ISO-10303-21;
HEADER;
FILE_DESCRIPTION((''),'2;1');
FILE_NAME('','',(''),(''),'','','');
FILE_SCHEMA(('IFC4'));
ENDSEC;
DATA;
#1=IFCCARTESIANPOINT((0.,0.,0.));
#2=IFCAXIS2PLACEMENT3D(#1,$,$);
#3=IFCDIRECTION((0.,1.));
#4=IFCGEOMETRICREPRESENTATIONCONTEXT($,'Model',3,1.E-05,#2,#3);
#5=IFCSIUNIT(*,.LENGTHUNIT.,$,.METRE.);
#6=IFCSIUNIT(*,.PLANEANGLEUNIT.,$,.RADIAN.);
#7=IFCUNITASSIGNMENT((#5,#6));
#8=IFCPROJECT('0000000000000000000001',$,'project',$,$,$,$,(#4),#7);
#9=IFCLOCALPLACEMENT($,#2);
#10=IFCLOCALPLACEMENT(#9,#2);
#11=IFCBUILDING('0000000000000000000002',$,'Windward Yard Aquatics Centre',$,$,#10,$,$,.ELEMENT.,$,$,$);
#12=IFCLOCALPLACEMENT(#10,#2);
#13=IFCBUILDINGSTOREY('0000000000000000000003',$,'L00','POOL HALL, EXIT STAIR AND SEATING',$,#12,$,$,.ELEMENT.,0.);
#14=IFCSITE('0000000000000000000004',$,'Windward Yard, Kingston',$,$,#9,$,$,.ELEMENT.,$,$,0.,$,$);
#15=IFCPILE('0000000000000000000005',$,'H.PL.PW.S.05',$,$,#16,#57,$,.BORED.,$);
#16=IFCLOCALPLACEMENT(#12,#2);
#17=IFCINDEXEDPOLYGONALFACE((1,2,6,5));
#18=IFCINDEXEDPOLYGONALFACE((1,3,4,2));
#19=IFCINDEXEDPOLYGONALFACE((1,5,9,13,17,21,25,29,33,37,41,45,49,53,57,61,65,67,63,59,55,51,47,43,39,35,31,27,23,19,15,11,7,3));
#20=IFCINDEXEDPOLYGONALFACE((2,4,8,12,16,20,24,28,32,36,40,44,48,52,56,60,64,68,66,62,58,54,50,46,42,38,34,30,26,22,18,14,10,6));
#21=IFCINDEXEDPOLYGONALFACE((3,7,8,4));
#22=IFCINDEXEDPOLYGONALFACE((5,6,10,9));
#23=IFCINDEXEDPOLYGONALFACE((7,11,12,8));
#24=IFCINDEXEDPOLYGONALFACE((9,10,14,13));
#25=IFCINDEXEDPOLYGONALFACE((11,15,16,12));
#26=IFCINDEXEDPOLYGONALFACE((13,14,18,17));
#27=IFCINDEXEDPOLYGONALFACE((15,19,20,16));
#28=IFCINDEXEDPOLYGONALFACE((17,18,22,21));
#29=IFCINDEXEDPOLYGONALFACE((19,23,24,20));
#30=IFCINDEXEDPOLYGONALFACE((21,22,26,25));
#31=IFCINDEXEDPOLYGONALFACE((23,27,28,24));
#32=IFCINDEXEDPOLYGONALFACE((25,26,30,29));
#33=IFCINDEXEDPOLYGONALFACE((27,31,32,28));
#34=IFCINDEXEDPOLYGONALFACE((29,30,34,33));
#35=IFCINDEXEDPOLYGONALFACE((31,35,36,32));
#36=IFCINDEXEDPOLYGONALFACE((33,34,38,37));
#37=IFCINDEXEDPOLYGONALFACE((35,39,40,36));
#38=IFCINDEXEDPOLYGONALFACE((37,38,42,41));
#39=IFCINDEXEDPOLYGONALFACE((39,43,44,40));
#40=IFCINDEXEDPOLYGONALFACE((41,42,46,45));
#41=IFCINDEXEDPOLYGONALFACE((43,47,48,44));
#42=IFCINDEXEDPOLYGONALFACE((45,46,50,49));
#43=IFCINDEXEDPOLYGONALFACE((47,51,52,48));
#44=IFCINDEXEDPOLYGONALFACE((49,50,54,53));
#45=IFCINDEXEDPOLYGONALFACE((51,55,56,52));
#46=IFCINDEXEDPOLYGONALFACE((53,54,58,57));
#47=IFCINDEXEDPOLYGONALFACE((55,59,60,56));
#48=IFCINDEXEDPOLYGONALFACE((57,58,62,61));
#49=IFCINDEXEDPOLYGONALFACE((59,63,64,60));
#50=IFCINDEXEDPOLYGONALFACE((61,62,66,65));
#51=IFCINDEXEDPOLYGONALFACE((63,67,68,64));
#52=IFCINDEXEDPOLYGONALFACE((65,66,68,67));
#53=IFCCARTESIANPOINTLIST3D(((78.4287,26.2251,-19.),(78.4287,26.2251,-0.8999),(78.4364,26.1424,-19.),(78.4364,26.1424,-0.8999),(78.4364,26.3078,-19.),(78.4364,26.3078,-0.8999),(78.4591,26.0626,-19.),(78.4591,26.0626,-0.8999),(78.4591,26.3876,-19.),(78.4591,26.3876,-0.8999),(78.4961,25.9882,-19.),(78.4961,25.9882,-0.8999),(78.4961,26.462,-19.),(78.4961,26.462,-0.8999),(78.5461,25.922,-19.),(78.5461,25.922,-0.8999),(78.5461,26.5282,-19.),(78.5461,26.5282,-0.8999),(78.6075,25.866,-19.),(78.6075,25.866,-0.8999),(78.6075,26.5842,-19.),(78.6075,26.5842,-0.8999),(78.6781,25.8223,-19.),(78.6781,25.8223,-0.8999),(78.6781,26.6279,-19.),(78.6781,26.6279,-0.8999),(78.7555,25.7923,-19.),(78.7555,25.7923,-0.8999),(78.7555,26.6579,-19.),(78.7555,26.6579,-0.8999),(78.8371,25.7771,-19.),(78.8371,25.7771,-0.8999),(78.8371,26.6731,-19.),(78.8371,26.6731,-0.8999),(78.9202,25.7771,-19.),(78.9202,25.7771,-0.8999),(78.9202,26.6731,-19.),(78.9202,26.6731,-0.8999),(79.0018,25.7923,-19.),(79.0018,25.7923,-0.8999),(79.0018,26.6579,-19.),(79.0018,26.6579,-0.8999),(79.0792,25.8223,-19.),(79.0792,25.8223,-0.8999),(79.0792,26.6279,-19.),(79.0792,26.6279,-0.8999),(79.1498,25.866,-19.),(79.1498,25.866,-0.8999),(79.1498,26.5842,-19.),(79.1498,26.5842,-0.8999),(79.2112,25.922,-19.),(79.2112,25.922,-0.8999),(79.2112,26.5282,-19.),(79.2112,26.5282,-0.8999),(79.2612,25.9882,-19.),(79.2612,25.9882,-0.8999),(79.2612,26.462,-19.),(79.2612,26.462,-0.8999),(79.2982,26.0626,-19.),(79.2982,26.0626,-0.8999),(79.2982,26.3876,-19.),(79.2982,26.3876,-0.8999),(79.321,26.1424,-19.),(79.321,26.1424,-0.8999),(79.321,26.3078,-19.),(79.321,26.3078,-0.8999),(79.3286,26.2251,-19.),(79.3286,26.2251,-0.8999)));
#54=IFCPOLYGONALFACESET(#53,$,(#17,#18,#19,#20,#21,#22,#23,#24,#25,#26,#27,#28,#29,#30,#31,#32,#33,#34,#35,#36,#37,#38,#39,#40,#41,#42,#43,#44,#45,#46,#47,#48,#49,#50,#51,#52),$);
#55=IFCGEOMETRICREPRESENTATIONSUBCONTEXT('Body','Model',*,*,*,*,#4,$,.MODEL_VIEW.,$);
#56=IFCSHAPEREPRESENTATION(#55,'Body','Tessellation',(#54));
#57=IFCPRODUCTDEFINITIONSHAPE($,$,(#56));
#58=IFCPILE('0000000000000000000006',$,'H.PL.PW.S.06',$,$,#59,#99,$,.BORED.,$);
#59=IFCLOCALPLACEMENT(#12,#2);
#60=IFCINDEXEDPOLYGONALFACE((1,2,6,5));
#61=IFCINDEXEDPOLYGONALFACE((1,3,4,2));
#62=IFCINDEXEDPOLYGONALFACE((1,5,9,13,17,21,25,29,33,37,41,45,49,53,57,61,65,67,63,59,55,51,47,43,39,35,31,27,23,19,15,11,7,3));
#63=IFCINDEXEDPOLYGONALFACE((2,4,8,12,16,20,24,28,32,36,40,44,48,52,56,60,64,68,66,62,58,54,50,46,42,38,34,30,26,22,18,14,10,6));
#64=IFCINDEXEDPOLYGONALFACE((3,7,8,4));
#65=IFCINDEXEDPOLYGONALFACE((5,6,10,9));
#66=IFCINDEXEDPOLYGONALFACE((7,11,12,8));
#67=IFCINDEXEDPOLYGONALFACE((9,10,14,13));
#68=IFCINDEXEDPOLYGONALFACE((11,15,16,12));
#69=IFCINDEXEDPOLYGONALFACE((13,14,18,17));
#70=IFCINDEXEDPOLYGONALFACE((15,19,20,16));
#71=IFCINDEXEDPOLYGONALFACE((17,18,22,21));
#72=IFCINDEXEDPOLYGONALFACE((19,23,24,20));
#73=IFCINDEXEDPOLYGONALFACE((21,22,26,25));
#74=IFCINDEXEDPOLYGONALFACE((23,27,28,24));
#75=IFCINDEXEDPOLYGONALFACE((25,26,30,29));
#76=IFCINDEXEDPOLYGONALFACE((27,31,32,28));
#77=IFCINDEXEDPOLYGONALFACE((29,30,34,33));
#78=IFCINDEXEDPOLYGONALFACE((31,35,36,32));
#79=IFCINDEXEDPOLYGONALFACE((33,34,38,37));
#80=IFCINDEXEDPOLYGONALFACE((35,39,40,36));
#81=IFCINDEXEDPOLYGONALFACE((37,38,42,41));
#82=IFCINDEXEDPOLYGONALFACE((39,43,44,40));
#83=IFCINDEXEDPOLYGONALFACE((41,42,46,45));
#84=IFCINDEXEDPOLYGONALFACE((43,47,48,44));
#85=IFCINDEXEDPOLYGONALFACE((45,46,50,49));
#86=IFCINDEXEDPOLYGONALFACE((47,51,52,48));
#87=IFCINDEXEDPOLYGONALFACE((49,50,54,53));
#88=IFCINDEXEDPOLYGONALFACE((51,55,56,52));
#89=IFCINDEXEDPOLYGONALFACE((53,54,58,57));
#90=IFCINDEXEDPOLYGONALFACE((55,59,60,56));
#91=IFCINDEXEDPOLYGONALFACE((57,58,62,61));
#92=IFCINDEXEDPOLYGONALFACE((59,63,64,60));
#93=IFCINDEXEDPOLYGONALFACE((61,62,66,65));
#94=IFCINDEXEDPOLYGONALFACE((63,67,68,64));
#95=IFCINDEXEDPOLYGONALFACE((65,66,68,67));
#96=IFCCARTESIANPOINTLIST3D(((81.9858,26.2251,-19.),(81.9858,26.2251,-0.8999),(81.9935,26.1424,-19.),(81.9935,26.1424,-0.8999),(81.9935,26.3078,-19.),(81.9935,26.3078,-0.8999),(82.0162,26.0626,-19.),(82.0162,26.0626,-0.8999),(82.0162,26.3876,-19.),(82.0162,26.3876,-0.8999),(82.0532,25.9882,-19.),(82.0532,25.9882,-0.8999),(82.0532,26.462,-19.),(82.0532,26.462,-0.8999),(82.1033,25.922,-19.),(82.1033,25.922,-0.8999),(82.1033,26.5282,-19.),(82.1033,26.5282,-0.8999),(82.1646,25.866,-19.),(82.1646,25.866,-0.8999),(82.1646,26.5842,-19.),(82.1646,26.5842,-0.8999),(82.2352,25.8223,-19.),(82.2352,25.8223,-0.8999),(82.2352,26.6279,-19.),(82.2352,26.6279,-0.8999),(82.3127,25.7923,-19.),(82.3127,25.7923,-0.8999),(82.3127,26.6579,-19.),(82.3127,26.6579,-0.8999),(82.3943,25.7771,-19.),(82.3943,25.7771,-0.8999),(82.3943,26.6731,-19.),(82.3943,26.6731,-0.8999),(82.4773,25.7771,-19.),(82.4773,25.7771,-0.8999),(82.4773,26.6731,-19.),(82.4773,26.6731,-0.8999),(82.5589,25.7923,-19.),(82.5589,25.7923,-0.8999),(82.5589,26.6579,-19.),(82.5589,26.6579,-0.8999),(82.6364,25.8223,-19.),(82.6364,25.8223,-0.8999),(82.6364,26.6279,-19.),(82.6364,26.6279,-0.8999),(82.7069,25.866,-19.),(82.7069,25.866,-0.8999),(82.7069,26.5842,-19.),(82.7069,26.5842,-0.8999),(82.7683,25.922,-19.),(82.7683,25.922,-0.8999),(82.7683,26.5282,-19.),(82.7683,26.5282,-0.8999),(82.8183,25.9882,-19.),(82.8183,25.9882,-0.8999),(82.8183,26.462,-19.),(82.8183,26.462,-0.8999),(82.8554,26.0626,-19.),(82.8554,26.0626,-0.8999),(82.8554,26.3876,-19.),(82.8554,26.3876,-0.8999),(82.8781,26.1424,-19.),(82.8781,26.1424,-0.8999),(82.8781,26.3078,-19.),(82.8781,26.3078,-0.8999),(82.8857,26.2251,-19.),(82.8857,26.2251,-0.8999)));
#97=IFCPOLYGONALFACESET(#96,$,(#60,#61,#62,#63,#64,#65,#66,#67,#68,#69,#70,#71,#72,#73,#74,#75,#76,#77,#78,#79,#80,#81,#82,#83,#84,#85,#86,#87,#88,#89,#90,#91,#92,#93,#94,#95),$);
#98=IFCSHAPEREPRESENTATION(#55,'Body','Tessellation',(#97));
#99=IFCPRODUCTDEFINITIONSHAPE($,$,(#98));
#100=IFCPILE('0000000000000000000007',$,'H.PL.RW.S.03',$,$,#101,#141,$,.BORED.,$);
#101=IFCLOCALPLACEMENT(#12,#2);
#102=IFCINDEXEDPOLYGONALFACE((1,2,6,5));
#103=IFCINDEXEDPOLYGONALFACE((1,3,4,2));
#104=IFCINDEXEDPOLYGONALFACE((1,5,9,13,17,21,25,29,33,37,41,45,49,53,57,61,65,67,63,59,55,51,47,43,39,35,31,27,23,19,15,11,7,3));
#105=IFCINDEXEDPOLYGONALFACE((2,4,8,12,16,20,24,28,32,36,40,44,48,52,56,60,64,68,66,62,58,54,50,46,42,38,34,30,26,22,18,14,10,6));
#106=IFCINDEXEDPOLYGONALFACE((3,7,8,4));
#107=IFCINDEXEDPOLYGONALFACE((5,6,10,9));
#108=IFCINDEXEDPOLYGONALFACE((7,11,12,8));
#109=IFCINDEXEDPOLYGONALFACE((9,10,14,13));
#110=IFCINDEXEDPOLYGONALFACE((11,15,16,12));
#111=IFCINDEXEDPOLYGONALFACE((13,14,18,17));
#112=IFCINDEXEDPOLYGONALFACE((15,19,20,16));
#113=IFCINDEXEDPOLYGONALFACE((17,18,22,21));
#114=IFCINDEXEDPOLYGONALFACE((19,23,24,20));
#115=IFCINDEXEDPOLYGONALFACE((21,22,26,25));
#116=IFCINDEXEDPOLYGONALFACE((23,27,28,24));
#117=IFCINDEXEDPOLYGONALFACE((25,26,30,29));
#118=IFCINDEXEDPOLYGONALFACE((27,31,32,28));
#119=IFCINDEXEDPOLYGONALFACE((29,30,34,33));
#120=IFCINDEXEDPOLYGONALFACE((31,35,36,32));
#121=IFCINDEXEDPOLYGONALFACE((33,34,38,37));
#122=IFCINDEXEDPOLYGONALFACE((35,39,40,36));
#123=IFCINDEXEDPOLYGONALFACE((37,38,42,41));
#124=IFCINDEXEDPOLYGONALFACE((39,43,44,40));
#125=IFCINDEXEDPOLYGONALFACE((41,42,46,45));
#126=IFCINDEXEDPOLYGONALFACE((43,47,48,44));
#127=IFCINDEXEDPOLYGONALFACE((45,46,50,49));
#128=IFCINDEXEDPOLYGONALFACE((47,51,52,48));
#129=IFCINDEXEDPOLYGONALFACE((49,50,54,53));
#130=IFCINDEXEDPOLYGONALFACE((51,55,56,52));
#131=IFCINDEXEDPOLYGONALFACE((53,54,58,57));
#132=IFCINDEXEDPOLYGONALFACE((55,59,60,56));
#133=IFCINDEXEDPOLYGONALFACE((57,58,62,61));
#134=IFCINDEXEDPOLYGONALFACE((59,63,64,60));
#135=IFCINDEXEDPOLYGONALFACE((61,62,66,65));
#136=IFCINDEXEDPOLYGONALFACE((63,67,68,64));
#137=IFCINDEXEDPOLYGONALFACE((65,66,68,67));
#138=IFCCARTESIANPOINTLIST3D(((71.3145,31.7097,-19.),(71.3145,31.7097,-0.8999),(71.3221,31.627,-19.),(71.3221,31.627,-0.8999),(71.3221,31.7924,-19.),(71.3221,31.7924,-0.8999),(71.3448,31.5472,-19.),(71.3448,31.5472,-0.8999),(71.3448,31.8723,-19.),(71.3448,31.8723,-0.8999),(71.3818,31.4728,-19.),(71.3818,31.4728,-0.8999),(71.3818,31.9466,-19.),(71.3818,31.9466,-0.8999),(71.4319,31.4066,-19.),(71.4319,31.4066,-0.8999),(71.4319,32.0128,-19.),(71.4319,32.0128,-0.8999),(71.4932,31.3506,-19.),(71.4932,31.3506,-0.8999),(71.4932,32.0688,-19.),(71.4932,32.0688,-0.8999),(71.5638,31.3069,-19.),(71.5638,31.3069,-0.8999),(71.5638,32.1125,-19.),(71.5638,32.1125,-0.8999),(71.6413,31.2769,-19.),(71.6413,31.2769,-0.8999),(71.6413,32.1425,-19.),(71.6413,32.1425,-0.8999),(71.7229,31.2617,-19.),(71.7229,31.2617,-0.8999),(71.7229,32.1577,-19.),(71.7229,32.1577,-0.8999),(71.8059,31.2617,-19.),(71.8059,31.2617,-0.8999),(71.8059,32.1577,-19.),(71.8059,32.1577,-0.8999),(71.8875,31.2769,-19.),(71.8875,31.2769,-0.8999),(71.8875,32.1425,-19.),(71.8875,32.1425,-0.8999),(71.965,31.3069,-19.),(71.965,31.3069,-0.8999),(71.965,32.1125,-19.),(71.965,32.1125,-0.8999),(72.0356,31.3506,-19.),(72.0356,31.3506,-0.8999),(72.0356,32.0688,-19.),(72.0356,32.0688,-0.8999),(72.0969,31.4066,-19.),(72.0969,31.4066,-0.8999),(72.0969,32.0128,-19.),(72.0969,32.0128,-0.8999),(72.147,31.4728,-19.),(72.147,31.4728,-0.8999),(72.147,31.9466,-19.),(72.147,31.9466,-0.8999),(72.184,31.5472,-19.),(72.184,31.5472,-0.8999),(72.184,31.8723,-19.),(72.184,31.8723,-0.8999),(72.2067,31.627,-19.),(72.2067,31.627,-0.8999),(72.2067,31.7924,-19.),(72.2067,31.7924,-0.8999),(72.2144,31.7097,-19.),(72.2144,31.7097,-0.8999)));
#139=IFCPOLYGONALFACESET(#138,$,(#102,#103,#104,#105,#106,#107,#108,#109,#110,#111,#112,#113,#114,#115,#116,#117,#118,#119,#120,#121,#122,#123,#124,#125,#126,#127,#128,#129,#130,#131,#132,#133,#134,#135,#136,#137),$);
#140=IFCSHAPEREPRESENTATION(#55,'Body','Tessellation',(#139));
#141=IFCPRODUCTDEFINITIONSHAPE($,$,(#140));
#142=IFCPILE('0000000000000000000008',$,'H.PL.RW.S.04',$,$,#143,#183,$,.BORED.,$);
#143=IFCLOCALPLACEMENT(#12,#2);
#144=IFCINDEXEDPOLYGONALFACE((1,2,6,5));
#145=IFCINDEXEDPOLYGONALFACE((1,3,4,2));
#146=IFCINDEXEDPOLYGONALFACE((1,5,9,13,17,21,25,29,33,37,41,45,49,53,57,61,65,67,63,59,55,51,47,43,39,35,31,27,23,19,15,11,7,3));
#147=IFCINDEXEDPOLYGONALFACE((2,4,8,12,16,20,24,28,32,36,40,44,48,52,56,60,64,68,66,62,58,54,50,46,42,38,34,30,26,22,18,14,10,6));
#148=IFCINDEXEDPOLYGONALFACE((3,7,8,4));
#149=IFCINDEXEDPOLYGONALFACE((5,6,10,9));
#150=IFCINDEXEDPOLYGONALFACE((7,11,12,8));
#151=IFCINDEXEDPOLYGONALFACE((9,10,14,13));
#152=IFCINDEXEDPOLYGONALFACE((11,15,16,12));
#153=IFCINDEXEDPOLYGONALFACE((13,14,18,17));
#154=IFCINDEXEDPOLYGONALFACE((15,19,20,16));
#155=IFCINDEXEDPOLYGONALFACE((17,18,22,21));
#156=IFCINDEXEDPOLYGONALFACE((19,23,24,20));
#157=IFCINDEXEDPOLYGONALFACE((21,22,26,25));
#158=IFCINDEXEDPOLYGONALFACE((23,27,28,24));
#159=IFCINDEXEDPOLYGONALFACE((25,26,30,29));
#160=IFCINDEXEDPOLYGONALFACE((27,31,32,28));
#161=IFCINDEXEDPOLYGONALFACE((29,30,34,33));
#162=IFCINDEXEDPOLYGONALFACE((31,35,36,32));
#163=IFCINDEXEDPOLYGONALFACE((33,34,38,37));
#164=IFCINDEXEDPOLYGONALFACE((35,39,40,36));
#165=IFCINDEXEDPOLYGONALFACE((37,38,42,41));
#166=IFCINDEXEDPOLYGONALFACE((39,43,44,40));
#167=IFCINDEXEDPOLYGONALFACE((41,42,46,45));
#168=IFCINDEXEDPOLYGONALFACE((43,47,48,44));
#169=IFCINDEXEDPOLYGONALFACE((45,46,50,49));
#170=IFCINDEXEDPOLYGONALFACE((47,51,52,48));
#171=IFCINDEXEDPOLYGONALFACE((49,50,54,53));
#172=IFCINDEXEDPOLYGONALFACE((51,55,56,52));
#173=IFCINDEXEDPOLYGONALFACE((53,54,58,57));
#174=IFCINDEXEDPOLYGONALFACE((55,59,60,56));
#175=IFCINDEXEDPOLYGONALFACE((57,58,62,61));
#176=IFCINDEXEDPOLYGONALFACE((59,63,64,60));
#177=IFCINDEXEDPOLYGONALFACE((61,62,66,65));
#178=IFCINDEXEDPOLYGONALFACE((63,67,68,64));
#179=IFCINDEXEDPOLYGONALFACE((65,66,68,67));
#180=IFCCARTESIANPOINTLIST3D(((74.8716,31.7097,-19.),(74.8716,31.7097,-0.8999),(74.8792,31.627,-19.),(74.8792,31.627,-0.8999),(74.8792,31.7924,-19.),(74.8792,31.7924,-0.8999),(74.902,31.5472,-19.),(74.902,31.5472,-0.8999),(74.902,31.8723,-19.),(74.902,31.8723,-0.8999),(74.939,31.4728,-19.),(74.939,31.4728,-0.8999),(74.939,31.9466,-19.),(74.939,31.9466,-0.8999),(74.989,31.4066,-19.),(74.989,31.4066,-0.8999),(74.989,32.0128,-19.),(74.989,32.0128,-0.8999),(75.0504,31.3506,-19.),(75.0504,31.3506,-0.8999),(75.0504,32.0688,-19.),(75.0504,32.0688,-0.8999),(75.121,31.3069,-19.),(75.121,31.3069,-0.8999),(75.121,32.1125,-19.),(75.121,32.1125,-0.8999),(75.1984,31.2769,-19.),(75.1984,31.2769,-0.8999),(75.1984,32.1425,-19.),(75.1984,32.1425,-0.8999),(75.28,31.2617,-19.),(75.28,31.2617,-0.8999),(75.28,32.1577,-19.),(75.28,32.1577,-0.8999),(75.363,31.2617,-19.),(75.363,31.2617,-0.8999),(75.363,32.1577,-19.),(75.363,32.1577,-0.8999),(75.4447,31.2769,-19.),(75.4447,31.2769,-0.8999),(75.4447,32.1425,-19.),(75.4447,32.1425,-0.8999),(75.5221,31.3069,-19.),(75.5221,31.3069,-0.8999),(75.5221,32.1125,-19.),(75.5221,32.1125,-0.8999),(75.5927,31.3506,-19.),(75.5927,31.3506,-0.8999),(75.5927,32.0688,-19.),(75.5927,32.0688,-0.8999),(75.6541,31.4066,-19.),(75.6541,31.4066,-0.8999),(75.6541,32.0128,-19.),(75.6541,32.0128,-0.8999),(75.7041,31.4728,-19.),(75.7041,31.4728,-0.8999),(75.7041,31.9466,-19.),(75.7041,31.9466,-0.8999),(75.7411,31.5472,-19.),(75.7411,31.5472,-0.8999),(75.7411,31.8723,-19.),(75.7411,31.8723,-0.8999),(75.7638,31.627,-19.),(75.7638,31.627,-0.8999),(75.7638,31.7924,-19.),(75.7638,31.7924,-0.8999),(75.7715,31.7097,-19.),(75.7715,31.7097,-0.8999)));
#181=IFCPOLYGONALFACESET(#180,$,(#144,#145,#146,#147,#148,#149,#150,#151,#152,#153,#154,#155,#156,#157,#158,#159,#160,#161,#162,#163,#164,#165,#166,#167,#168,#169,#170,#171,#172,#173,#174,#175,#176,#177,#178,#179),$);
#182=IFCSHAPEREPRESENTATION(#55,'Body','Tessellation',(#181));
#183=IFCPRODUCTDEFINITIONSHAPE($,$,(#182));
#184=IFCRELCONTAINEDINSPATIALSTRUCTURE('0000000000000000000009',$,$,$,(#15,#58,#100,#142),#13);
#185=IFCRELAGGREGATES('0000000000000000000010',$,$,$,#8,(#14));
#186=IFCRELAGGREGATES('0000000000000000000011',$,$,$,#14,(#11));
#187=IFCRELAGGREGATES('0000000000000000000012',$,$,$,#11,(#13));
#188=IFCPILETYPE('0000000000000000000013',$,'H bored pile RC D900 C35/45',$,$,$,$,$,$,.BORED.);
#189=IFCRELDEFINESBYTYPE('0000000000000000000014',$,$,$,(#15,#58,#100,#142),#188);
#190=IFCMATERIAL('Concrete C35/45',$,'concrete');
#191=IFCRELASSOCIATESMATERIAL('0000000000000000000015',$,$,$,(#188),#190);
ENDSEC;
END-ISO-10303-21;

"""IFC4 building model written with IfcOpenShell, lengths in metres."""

from ifc_helpers import new_model, si_unit, direction, frame, origin, origin_2d, place, context, subcontext, project, spatial, circle, extrude, material, material_profile, profile_set, type_object, element, save


model = new_model("IFC4")

# Units and contexts
model_context = context("Model", 3, precision=1e-05, world=origin(), true_north=direction((0.0, 1.0)))
body_context = subcontext(model_context, "Body", "Model", "MODEL_VIEW")
ifc_project = project(units=[si_unit("LENGTHUNIT", "METRE"), si_unit("PLANEANGLEUNIT", "RADIAN")], contexts=[model_context])

# Site, building, storey
site_placement = place(None, origin())
site = spatial("IfcSite", under=ifc_project, at=site_placement, Name="Windward Yard, Kingston", CompositionType="ELEMENT", RefElevation=0.0)
building_placement = place(site_placement, origin())
building = spatial("IfcBuilding", under=site, at=building_placement, Name="Windward Yard Aquatics Centre", CompositionType="ELEMENT")
storey_placement = place(building_placement, origin())
storey = spatial("IfcBuildingStorey", under=building, at=storey_placement, Name="L00", Description="POOL HALL, EXIT STAIR AND SEATING", CompositionType="ELEMENT", Elevation=0.0)

# Piles
ifc_material_1 = material(Name="Concrete C35/45", Category="concrete")
ifc_material_profile_1 = material_profile(ifc_material_1, circle(Radius=0.45, at=origin_2d()), Name="RC D900")
ifc_profile_set_1 = profile_set([ifc_material_profile_1], Name="Concrete C35/45")
pile_type_1 = type_object("IfcPileType", Name="H bored pile RC D900 C35/45", PredefinedType="BORED", material=ifc_profile_set_1)
for number, where, z_axis, x_axis, name in (
    (1, (78.8787, 26.2251, -0.8999), (0.0, 0.0, -1.0), (1.0, 0.0, 0.0), "H.PL.PW.S.05"),
    (2, (82.4358, 26.2251, -0.8999), (0.0, 0.0, -1.0), (1.0, 0.0, 0.0), "H.PL.PW.S.06"),
    (3, (71.7644, 31.7097, -0.8999), (0.0, 0.0, -1.0), (1.0, 0.0, 0.0), "H.PL.RW.S.03"),
    (4, (75.3215, 31.7097, -0.8999), (0.0, 0.0, -1.0), (1.0, 0.0, 0.0), "H.PL.RW.S.04"),
):
    element("IfcPile", number, at=place(storey_placement, frame(where, z_axis=z_axis, x_axis=x_axis)), inside=storey, type_object=pile_type_1, Name=name, PredefinedType="BORED", context=body_context, shape_type="SweptSolid", body=[
        extrude(circle(Radius=0.45, at=origin_2d()), origin(), (0.0, 0.0, 1.0), 18.1001),
    ])

save(model, "model.ifc")
